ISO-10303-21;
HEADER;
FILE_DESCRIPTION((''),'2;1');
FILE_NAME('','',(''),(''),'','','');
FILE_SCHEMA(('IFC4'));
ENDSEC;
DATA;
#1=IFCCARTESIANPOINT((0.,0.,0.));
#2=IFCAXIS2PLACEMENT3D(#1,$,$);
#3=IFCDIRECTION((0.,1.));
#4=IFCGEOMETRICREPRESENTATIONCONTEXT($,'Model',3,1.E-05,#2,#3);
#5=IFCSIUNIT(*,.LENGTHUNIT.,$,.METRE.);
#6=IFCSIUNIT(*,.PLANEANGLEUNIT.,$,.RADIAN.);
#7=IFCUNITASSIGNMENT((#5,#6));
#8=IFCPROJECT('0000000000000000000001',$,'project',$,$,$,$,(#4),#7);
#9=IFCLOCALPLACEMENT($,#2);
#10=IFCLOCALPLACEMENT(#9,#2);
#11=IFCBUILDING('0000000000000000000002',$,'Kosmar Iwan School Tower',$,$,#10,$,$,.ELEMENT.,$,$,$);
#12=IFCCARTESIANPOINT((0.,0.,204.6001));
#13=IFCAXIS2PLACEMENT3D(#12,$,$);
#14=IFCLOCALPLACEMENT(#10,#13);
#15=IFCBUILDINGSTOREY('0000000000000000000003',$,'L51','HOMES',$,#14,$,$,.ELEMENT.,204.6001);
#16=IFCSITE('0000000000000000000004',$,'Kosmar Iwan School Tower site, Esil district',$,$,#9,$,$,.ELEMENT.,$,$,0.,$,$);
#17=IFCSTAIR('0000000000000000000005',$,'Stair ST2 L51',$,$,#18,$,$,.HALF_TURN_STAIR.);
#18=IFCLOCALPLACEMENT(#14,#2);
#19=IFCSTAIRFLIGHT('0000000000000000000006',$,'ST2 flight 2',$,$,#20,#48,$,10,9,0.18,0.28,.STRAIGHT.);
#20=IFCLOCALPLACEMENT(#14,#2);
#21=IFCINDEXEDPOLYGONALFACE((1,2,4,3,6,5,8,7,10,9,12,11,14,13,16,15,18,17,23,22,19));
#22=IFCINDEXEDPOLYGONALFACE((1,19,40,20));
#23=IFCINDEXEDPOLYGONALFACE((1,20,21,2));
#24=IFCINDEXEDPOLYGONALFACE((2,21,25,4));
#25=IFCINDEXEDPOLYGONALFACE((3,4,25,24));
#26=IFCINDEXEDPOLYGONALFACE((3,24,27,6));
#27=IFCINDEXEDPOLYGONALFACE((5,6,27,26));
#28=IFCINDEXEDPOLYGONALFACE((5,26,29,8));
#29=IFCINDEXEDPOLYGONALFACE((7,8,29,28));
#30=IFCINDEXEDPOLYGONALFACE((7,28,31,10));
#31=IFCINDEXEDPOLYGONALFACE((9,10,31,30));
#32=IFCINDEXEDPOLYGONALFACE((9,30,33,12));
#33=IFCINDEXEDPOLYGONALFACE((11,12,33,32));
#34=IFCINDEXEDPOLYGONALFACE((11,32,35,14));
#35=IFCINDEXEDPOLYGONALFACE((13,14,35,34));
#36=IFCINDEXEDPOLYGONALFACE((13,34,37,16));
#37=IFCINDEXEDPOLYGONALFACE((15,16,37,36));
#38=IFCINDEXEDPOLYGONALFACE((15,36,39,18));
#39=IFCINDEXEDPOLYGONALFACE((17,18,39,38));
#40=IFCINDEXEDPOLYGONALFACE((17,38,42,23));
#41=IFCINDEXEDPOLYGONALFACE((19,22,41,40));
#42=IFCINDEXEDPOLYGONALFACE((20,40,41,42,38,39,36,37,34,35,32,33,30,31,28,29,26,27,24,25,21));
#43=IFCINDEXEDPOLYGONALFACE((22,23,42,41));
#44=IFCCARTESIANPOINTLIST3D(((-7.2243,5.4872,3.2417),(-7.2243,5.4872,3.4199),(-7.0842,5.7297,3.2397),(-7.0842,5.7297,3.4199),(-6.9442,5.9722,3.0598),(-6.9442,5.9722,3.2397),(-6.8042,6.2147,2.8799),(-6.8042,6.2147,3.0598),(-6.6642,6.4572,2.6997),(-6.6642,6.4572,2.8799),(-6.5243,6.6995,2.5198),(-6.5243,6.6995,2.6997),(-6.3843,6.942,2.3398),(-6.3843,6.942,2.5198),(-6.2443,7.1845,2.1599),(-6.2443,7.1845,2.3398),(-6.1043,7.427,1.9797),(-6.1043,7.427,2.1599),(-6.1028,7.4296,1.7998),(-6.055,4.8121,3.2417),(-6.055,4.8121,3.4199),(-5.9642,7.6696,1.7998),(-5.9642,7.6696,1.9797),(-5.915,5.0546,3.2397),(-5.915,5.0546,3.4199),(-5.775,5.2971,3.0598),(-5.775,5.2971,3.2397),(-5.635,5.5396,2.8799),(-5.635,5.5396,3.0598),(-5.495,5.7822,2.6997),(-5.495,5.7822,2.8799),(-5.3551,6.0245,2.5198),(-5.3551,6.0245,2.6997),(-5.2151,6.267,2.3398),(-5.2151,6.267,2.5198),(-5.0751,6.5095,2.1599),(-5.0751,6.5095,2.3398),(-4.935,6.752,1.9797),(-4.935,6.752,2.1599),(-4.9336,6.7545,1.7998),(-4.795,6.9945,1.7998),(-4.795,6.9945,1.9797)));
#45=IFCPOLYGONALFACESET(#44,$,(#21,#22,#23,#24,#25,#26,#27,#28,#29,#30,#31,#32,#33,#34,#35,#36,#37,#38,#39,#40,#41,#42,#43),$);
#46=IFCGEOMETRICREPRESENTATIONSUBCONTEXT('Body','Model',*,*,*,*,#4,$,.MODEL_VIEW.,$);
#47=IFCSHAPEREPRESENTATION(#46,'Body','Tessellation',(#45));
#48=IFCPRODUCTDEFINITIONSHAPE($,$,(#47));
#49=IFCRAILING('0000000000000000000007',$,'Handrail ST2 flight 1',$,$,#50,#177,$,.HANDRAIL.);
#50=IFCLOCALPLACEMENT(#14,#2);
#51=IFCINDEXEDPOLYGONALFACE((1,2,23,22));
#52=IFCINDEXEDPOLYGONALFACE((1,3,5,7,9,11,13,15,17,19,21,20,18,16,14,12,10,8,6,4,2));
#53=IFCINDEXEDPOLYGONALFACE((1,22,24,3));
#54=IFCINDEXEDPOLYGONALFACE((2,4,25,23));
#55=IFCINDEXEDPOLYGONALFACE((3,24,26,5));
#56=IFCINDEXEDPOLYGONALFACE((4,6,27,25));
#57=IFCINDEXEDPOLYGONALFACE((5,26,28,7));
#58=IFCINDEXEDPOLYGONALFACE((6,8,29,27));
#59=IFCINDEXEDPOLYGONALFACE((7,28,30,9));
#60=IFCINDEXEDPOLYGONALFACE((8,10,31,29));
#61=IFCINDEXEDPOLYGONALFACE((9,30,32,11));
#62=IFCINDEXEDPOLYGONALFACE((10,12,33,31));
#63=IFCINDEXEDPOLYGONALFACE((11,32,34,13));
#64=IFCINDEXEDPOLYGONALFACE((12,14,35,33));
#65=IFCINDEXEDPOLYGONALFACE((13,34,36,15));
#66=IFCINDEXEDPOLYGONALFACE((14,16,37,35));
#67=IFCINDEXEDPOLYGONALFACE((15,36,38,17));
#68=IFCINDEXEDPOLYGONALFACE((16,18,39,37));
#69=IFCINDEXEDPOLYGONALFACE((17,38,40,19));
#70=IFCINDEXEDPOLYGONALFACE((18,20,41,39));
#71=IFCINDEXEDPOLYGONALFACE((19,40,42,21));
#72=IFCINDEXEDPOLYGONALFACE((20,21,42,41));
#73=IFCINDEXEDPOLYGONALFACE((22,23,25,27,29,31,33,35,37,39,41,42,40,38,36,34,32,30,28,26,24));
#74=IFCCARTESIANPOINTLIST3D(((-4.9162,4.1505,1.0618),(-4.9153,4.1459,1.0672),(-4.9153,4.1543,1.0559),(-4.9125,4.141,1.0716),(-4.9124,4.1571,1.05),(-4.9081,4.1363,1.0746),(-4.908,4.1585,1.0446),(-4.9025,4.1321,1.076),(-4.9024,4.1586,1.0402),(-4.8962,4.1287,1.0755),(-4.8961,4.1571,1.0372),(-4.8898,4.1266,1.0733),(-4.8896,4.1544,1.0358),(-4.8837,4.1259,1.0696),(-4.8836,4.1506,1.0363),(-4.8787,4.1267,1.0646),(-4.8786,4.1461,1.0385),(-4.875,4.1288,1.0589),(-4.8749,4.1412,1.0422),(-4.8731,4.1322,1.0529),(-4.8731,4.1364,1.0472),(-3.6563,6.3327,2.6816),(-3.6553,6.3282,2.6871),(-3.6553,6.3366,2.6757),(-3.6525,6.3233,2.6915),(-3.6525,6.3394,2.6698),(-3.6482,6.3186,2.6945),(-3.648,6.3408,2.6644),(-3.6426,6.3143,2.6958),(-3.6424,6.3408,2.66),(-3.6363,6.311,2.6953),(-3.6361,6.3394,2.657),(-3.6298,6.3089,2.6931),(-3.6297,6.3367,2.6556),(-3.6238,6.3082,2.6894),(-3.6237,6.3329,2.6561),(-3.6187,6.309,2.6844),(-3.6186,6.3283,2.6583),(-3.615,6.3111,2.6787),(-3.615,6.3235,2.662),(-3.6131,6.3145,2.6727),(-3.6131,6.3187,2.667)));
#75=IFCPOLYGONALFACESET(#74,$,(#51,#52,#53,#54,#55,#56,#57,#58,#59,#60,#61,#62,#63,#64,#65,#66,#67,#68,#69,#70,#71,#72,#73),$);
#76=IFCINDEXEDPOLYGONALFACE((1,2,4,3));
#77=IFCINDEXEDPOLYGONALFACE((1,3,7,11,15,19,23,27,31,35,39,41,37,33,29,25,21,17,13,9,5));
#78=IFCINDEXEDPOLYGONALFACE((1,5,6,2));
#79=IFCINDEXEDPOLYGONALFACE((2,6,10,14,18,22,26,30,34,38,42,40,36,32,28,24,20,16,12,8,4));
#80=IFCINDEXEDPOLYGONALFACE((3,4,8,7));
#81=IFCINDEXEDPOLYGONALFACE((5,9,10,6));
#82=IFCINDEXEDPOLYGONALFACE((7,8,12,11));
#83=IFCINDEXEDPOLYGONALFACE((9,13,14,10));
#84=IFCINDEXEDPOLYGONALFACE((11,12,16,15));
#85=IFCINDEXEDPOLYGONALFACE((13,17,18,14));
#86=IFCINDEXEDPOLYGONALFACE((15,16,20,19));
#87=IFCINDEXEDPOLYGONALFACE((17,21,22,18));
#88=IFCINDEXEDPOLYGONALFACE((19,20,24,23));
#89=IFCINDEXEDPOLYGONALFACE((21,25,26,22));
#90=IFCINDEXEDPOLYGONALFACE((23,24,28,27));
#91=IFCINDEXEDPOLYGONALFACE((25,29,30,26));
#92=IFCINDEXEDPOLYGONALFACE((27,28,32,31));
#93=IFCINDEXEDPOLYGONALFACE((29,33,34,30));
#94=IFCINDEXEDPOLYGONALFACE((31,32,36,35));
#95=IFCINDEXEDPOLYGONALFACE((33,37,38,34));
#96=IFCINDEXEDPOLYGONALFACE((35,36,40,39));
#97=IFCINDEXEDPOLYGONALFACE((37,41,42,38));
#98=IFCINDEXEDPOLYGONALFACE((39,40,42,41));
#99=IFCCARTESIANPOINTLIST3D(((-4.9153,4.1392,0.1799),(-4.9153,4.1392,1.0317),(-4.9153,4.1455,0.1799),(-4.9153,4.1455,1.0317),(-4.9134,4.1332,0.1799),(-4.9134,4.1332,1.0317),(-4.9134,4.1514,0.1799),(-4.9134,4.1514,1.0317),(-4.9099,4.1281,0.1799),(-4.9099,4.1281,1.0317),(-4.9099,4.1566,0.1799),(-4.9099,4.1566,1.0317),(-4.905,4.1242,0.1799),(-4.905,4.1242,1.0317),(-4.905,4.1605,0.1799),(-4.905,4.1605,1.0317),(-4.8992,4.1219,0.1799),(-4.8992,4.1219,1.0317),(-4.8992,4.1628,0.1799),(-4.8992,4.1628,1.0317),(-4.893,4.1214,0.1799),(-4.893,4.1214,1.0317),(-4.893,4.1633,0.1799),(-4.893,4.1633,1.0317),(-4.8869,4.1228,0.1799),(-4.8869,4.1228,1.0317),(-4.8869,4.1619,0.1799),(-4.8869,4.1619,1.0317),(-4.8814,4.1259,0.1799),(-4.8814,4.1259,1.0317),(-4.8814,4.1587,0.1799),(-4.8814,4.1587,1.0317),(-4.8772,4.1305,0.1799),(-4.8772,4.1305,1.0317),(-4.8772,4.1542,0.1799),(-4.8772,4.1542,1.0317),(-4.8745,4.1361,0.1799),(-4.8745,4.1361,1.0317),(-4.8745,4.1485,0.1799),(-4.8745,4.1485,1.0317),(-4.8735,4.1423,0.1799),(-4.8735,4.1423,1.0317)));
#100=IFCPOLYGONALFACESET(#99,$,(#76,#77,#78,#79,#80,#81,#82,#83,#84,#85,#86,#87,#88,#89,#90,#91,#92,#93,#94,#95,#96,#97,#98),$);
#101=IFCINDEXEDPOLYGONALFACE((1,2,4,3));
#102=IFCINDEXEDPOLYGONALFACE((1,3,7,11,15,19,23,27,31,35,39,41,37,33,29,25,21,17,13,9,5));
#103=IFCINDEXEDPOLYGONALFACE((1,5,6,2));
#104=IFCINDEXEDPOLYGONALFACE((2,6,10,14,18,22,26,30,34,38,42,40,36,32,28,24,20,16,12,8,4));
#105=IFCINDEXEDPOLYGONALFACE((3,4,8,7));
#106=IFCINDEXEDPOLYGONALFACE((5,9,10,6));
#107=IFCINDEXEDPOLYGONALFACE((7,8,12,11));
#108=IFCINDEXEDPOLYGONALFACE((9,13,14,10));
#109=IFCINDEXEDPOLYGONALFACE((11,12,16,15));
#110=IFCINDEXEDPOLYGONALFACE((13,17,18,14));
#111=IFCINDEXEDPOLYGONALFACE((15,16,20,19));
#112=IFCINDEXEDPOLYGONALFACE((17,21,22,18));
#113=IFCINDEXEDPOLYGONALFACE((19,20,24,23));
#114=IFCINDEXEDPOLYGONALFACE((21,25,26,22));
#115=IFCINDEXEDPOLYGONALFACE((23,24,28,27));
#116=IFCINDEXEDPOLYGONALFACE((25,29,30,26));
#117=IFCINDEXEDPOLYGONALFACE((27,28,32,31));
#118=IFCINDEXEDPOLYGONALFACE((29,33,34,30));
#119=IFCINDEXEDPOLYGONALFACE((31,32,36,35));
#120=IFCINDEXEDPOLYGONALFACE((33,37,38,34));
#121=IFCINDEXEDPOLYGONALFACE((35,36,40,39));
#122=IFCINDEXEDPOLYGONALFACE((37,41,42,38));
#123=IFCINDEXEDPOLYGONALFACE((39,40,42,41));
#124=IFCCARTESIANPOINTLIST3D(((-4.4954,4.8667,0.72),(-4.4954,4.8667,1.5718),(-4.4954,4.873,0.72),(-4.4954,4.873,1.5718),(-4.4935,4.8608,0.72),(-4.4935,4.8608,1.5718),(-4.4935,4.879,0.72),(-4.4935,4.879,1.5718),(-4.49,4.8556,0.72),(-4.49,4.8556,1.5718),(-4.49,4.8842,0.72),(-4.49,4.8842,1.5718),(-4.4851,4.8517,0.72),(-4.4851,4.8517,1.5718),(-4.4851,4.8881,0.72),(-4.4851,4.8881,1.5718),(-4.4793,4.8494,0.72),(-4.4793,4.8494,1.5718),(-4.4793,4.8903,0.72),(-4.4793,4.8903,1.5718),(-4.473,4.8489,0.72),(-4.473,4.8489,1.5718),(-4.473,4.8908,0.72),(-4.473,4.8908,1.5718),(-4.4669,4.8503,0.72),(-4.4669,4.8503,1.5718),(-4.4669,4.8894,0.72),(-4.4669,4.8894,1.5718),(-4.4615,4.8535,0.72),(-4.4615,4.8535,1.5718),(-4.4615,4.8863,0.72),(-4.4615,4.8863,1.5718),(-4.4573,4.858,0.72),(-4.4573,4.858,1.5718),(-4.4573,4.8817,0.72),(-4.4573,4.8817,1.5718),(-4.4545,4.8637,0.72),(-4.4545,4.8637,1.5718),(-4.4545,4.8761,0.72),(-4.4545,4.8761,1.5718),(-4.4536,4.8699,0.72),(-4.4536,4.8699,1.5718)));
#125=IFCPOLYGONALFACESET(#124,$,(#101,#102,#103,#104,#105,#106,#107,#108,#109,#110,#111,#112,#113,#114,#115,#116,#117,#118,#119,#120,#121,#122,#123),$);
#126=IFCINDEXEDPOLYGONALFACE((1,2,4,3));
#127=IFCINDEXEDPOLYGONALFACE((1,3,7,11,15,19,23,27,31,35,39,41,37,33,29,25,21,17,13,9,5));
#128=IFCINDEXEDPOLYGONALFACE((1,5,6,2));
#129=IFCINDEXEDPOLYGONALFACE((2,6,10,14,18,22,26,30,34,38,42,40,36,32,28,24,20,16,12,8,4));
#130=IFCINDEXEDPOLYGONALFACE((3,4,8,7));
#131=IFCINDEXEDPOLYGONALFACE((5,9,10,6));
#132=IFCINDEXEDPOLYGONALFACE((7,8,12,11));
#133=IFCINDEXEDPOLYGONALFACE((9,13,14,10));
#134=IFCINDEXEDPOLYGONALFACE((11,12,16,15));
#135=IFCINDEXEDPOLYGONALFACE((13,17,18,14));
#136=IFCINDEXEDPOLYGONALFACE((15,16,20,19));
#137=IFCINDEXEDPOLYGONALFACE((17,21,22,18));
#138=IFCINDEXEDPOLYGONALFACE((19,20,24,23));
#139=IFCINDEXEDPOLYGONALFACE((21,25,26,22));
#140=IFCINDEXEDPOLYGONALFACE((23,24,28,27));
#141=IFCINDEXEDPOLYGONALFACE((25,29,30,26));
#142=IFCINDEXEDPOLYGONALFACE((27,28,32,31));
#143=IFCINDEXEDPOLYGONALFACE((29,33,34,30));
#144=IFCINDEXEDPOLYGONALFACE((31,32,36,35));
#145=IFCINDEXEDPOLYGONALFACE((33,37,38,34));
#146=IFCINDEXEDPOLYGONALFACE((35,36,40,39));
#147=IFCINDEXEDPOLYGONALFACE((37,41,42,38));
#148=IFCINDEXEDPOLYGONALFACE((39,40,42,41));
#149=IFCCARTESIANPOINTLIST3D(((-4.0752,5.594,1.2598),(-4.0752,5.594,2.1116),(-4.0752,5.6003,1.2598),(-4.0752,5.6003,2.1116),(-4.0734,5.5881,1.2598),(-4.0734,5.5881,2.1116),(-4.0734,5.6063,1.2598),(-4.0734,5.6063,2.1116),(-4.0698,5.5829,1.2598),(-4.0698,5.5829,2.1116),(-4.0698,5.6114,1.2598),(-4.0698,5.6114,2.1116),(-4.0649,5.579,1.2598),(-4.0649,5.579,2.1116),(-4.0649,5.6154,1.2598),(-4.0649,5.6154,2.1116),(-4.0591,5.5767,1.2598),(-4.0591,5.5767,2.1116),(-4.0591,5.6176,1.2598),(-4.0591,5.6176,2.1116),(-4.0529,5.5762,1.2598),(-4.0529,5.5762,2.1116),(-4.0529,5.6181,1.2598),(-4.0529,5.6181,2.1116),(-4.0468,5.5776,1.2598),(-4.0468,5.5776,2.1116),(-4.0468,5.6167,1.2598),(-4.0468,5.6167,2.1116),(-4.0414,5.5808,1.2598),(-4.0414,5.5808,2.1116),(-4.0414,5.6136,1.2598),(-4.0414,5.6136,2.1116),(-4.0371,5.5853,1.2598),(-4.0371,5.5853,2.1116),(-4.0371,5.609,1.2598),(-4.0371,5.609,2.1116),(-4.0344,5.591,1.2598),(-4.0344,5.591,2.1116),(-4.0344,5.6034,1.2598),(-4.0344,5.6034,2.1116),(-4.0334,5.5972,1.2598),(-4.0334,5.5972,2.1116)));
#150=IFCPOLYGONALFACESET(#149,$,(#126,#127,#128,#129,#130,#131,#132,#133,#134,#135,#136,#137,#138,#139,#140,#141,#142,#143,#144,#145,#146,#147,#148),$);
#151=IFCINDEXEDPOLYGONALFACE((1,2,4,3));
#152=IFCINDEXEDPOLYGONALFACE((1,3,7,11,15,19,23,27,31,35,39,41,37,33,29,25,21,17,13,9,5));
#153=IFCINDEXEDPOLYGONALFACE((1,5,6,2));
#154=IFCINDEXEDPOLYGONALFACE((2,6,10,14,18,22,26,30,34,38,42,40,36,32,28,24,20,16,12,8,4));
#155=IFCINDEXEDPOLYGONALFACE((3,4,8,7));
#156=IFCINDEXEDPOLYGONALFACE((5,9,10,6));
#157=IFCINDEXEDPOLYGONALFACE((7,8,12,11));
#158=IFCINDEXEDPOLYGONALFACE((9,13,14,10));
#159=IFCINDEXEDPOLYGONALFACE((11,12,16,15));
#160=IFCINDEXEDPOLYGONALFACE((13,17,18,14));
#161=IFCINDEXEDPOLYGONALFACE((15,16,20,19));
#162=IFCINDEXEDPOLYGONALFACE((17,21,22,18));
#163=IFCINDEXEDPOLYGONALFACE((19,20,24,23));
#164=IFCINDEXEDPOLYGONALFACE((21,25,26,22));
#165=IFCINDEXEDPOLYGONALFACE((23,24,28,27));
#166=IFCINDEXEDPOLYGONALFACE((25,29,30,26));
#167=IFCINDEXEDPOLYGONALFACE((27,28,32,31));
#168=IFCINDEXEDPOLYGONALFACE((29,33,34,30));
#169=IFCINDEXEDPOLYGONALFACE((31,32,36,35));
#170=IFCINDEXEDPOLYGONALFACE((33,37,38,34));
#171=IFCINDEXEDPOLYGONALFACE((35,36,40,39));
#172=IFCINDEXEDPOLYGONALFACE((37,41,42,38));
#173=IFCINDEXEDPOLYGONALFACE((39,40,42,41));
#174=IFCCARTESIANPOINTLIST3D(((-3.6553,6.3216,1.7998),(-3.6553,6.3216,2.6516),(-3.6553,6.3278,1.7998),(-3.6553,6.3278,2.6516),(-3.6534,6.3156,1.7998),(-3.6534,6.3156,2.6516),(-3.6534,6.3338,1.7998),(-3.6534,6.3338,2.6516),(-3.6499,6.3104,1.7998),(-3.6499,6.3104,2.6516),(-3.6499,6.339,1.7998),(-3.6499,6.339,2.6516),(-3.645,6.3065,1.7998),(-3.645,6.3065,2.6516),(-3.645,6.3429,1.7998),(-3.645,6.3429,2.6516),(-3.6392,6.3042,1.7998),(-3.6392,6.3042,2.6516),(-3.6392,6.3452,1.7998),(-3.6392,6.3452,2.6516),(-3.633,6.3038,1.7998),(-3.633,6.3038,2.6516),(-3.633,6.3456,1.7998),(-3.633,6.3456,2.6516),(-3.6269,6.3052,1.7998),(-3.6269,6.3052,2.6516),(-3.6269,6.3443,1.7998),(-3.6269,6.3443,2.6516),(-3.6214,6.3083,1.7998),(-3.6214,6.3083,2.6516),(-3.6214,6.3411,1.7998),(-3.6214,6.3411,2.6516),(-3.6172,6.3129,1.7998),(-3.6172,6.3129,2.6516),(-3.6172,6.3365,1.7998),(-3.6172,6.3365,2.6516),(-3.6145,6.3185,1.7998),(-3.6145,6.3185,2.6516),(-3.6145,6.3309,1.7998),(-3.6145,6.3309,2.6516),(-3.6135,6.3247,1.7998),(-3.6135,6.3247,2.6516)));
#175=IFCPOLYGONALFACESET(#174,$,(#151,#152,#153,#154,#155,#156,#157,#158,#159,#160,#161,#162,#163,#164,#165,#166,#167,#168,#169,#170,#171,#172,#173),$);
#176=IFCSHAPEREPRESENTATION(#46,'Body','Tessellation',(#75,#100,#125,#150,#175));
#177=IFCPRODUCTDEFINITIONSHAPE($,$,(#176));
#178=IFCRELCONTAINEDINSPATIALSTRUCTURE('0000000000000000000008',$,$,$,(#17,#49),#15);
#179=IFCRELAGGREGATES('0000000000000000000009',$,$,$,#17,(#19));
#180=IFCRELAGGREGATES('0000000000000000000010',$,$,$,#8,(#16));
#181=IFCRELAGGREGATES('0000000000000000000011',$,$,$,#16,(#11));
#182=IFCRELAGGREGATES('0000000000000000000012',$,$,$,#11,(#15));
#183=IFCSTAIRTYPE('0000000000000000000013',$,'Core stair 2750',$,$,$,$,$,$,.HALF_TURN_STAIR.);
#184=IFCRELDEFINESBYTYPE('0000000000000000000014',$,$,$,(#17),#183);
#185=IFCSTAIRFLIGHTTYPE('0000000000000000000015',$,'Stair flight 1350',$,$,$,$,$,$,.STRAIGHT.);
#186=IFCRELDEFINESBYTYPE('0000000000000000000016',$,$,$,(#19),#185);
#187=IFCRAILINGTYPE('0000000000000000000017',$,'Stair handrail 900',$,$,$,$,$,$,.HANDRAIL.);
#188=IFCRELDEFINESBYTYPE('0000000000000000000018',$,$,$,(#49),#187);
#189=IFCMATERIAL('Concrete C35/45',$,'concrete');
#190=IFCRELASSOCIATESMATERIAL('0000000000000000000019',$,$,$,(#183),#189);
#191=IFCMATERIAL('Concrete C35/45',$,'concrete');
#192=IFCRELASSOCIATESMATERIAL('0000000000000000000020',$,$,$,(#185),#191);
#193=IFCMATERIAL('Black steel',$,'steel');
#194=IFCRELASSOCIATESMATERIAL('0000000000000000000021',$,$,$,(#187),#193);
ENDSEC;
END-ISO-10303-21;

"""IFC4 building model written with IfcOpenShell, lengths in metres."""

from ifc_helpers import new_model, si_unit, direction, frame, origin, origin_2d, place, context, subcontext, project, spatial, polyline, circle, outline, extrude, material, type_object, element, aggregate, save


model = new_model("IFC4")

# Units and contexts
model_context = context("Model", 3, precision=1e-05, world=origin(), true_north=direction((0.0, 1.0)))
body_context = subcontext(model_context, "Body", "Model", "MODEL_VIEW")
ifc_project = project(units=[si_unit("LENGTHUNIT", "METRE"), si_unit("PLANEANGLEUNIT", "RADIAN")], contexts=[model_context])

# Site, building, storey
site_placement = place(None, origin())
site = spatial("IfcSite", under=ifc_project, at=site_placement, Name="Kosmar Iwan School Tower site, Esil district", CompositionType="ELEMENT", RefElevation=0.0)
building_placement = place(site_placement, origin())
building = spatial("IfcBuilding", under=site, at=building_placement, Name="Kosmar Iwan School Tower", CompositionType="ELEMENT")
storey_placement = place(building_placement, frame((0.0, 0.0, 204.6001)))
storey = spatial("IfcBuildingStorey", under=building, at=storey_placement, Name="L51", Description="HOMES", CompositionType="ELEMENT", Elevation=204.6001)

# Stair, stair flight
ifc_material_1 = material(Name="Concrete C35/45", Category="concrete")
stair_type = type_object("IfcStairType", Name="Core stair 2750", PredefinedType="HALF_TURN_STAIR", material=ifc_material_1)
stair_placement = place(storey_placement, origin())
stair = element("IfcStair", 1, at=stair_placement, inside=storey, type_object=stair_type, Name="Stair ST2 L51", PredefinedType="HALF_TURN_STAIR")
ifc_material_2 = material(Name="Concrete C35/45", Category="concrete")
stair_flight_type = type_object("IfcStairFlightType", Name="Stair flight 1350", PredefinedType="STRAIGHT", material=ifc_material_2)
stair_flight_1_placement = place(storey_placement, frame((-5.3796, 7.332, 1.7998), z_axis=(0.0, 0.0, 1.0), x_axis=(-0.5, -0.866025, 0.0)))
stair_flight_1 = element("IfcStairFlight", 2, at=stair_flight_1_placement, type_object=stair_flight_type, Name="ST2 flight 2", NumberOfRisers=10, NumberOfTreads=9, PredefinedType="STRAIGHT", RiserHeight=0.18, TreadLength=0.28, context=body_context, shape_type="SweptSolid", body=[
    extrude(outline(polyline([(0.0, 0.0), (0.0, 0.1799), (0.28, 0.1799), (0.28, 0.3601), (0.5601, 0.3601), (0.5601, 0.54), (0.8401, 0.54), (0.8401, 0.72), (1.1201, 0.72), (1.1201, 0.8999), (1.3999, 0.8999), (1.3999, 1.0801), (1.6799, 1.0801), (1.6799, 1.26), (1.96, 1.26), (1.96, 1.4399), (2.24, 1.4399), (2.24, 1.6201), (2.52, 1.6201), (2.52, 1.8), (2.52, 1.4419), (0.2771, 0.0), (0.0, 0.0)])), frame((0.0, 0.675, 0.0), z_axis=(0.0, -1.0, 0.0), x_axis=(1.0, 0.0, 0.0)), (0.0, 0.0, 1.0), 1.3501),
])
aggregate(stair, [stair_flight_1])

# Railing
ifc_material_3 = material(Name="Black steel", Category="steel")
railing_type = type_object("IfcRailingType", Name="Stair handrail 900", PredefinedType="HANDRAIL", material=ifc_material_3)
railing_1_placement = place(storey_placement, frame((-4.8945, 4.1423, 0.1799)))
element("IfcRailing", 3, at=railing_1_placement, inside=storey, type_object=railing_type, Name="Handrail ST2 flight 1", PredefinedType="HANDRAIL", context=body_context, shape_type="SweptSolid", body=[
    extrude(circle(Radius=0.0239, at=origin_2d()), frame((0.0, 0.0, 0.876), z_axis=(0.420603, 0.728496, 0.540728), x_axis=(-0.866023, 0.500005, 0.0)), (0.0, 0.0, 1.0), 2.9956),
    extrude(circle(Radius=0.021, at=origin_2d()), origin(), (0.0, 0.0, 1.0), 0.8518),
    extrude(circle(Radius=0.021, at=origin_2d()), frame((0.4199, 0.7275, 0.54)), (0.0, 0.0, 1.0), 0.8518),
    extrude(circle(Radius=0.021, at=origin_2d()), frame((0.8401, 1.4548, 1.0798)), (0.0, 0.0, 1.0), 0.8518),
    extrude(circle(Radius=0.021, at=origin_2d()), frame((1.26, 2.1824, 1.6199)), (0.0, 0.0, 1.0), 0.8518),
])

save(model, "model.ifc")
